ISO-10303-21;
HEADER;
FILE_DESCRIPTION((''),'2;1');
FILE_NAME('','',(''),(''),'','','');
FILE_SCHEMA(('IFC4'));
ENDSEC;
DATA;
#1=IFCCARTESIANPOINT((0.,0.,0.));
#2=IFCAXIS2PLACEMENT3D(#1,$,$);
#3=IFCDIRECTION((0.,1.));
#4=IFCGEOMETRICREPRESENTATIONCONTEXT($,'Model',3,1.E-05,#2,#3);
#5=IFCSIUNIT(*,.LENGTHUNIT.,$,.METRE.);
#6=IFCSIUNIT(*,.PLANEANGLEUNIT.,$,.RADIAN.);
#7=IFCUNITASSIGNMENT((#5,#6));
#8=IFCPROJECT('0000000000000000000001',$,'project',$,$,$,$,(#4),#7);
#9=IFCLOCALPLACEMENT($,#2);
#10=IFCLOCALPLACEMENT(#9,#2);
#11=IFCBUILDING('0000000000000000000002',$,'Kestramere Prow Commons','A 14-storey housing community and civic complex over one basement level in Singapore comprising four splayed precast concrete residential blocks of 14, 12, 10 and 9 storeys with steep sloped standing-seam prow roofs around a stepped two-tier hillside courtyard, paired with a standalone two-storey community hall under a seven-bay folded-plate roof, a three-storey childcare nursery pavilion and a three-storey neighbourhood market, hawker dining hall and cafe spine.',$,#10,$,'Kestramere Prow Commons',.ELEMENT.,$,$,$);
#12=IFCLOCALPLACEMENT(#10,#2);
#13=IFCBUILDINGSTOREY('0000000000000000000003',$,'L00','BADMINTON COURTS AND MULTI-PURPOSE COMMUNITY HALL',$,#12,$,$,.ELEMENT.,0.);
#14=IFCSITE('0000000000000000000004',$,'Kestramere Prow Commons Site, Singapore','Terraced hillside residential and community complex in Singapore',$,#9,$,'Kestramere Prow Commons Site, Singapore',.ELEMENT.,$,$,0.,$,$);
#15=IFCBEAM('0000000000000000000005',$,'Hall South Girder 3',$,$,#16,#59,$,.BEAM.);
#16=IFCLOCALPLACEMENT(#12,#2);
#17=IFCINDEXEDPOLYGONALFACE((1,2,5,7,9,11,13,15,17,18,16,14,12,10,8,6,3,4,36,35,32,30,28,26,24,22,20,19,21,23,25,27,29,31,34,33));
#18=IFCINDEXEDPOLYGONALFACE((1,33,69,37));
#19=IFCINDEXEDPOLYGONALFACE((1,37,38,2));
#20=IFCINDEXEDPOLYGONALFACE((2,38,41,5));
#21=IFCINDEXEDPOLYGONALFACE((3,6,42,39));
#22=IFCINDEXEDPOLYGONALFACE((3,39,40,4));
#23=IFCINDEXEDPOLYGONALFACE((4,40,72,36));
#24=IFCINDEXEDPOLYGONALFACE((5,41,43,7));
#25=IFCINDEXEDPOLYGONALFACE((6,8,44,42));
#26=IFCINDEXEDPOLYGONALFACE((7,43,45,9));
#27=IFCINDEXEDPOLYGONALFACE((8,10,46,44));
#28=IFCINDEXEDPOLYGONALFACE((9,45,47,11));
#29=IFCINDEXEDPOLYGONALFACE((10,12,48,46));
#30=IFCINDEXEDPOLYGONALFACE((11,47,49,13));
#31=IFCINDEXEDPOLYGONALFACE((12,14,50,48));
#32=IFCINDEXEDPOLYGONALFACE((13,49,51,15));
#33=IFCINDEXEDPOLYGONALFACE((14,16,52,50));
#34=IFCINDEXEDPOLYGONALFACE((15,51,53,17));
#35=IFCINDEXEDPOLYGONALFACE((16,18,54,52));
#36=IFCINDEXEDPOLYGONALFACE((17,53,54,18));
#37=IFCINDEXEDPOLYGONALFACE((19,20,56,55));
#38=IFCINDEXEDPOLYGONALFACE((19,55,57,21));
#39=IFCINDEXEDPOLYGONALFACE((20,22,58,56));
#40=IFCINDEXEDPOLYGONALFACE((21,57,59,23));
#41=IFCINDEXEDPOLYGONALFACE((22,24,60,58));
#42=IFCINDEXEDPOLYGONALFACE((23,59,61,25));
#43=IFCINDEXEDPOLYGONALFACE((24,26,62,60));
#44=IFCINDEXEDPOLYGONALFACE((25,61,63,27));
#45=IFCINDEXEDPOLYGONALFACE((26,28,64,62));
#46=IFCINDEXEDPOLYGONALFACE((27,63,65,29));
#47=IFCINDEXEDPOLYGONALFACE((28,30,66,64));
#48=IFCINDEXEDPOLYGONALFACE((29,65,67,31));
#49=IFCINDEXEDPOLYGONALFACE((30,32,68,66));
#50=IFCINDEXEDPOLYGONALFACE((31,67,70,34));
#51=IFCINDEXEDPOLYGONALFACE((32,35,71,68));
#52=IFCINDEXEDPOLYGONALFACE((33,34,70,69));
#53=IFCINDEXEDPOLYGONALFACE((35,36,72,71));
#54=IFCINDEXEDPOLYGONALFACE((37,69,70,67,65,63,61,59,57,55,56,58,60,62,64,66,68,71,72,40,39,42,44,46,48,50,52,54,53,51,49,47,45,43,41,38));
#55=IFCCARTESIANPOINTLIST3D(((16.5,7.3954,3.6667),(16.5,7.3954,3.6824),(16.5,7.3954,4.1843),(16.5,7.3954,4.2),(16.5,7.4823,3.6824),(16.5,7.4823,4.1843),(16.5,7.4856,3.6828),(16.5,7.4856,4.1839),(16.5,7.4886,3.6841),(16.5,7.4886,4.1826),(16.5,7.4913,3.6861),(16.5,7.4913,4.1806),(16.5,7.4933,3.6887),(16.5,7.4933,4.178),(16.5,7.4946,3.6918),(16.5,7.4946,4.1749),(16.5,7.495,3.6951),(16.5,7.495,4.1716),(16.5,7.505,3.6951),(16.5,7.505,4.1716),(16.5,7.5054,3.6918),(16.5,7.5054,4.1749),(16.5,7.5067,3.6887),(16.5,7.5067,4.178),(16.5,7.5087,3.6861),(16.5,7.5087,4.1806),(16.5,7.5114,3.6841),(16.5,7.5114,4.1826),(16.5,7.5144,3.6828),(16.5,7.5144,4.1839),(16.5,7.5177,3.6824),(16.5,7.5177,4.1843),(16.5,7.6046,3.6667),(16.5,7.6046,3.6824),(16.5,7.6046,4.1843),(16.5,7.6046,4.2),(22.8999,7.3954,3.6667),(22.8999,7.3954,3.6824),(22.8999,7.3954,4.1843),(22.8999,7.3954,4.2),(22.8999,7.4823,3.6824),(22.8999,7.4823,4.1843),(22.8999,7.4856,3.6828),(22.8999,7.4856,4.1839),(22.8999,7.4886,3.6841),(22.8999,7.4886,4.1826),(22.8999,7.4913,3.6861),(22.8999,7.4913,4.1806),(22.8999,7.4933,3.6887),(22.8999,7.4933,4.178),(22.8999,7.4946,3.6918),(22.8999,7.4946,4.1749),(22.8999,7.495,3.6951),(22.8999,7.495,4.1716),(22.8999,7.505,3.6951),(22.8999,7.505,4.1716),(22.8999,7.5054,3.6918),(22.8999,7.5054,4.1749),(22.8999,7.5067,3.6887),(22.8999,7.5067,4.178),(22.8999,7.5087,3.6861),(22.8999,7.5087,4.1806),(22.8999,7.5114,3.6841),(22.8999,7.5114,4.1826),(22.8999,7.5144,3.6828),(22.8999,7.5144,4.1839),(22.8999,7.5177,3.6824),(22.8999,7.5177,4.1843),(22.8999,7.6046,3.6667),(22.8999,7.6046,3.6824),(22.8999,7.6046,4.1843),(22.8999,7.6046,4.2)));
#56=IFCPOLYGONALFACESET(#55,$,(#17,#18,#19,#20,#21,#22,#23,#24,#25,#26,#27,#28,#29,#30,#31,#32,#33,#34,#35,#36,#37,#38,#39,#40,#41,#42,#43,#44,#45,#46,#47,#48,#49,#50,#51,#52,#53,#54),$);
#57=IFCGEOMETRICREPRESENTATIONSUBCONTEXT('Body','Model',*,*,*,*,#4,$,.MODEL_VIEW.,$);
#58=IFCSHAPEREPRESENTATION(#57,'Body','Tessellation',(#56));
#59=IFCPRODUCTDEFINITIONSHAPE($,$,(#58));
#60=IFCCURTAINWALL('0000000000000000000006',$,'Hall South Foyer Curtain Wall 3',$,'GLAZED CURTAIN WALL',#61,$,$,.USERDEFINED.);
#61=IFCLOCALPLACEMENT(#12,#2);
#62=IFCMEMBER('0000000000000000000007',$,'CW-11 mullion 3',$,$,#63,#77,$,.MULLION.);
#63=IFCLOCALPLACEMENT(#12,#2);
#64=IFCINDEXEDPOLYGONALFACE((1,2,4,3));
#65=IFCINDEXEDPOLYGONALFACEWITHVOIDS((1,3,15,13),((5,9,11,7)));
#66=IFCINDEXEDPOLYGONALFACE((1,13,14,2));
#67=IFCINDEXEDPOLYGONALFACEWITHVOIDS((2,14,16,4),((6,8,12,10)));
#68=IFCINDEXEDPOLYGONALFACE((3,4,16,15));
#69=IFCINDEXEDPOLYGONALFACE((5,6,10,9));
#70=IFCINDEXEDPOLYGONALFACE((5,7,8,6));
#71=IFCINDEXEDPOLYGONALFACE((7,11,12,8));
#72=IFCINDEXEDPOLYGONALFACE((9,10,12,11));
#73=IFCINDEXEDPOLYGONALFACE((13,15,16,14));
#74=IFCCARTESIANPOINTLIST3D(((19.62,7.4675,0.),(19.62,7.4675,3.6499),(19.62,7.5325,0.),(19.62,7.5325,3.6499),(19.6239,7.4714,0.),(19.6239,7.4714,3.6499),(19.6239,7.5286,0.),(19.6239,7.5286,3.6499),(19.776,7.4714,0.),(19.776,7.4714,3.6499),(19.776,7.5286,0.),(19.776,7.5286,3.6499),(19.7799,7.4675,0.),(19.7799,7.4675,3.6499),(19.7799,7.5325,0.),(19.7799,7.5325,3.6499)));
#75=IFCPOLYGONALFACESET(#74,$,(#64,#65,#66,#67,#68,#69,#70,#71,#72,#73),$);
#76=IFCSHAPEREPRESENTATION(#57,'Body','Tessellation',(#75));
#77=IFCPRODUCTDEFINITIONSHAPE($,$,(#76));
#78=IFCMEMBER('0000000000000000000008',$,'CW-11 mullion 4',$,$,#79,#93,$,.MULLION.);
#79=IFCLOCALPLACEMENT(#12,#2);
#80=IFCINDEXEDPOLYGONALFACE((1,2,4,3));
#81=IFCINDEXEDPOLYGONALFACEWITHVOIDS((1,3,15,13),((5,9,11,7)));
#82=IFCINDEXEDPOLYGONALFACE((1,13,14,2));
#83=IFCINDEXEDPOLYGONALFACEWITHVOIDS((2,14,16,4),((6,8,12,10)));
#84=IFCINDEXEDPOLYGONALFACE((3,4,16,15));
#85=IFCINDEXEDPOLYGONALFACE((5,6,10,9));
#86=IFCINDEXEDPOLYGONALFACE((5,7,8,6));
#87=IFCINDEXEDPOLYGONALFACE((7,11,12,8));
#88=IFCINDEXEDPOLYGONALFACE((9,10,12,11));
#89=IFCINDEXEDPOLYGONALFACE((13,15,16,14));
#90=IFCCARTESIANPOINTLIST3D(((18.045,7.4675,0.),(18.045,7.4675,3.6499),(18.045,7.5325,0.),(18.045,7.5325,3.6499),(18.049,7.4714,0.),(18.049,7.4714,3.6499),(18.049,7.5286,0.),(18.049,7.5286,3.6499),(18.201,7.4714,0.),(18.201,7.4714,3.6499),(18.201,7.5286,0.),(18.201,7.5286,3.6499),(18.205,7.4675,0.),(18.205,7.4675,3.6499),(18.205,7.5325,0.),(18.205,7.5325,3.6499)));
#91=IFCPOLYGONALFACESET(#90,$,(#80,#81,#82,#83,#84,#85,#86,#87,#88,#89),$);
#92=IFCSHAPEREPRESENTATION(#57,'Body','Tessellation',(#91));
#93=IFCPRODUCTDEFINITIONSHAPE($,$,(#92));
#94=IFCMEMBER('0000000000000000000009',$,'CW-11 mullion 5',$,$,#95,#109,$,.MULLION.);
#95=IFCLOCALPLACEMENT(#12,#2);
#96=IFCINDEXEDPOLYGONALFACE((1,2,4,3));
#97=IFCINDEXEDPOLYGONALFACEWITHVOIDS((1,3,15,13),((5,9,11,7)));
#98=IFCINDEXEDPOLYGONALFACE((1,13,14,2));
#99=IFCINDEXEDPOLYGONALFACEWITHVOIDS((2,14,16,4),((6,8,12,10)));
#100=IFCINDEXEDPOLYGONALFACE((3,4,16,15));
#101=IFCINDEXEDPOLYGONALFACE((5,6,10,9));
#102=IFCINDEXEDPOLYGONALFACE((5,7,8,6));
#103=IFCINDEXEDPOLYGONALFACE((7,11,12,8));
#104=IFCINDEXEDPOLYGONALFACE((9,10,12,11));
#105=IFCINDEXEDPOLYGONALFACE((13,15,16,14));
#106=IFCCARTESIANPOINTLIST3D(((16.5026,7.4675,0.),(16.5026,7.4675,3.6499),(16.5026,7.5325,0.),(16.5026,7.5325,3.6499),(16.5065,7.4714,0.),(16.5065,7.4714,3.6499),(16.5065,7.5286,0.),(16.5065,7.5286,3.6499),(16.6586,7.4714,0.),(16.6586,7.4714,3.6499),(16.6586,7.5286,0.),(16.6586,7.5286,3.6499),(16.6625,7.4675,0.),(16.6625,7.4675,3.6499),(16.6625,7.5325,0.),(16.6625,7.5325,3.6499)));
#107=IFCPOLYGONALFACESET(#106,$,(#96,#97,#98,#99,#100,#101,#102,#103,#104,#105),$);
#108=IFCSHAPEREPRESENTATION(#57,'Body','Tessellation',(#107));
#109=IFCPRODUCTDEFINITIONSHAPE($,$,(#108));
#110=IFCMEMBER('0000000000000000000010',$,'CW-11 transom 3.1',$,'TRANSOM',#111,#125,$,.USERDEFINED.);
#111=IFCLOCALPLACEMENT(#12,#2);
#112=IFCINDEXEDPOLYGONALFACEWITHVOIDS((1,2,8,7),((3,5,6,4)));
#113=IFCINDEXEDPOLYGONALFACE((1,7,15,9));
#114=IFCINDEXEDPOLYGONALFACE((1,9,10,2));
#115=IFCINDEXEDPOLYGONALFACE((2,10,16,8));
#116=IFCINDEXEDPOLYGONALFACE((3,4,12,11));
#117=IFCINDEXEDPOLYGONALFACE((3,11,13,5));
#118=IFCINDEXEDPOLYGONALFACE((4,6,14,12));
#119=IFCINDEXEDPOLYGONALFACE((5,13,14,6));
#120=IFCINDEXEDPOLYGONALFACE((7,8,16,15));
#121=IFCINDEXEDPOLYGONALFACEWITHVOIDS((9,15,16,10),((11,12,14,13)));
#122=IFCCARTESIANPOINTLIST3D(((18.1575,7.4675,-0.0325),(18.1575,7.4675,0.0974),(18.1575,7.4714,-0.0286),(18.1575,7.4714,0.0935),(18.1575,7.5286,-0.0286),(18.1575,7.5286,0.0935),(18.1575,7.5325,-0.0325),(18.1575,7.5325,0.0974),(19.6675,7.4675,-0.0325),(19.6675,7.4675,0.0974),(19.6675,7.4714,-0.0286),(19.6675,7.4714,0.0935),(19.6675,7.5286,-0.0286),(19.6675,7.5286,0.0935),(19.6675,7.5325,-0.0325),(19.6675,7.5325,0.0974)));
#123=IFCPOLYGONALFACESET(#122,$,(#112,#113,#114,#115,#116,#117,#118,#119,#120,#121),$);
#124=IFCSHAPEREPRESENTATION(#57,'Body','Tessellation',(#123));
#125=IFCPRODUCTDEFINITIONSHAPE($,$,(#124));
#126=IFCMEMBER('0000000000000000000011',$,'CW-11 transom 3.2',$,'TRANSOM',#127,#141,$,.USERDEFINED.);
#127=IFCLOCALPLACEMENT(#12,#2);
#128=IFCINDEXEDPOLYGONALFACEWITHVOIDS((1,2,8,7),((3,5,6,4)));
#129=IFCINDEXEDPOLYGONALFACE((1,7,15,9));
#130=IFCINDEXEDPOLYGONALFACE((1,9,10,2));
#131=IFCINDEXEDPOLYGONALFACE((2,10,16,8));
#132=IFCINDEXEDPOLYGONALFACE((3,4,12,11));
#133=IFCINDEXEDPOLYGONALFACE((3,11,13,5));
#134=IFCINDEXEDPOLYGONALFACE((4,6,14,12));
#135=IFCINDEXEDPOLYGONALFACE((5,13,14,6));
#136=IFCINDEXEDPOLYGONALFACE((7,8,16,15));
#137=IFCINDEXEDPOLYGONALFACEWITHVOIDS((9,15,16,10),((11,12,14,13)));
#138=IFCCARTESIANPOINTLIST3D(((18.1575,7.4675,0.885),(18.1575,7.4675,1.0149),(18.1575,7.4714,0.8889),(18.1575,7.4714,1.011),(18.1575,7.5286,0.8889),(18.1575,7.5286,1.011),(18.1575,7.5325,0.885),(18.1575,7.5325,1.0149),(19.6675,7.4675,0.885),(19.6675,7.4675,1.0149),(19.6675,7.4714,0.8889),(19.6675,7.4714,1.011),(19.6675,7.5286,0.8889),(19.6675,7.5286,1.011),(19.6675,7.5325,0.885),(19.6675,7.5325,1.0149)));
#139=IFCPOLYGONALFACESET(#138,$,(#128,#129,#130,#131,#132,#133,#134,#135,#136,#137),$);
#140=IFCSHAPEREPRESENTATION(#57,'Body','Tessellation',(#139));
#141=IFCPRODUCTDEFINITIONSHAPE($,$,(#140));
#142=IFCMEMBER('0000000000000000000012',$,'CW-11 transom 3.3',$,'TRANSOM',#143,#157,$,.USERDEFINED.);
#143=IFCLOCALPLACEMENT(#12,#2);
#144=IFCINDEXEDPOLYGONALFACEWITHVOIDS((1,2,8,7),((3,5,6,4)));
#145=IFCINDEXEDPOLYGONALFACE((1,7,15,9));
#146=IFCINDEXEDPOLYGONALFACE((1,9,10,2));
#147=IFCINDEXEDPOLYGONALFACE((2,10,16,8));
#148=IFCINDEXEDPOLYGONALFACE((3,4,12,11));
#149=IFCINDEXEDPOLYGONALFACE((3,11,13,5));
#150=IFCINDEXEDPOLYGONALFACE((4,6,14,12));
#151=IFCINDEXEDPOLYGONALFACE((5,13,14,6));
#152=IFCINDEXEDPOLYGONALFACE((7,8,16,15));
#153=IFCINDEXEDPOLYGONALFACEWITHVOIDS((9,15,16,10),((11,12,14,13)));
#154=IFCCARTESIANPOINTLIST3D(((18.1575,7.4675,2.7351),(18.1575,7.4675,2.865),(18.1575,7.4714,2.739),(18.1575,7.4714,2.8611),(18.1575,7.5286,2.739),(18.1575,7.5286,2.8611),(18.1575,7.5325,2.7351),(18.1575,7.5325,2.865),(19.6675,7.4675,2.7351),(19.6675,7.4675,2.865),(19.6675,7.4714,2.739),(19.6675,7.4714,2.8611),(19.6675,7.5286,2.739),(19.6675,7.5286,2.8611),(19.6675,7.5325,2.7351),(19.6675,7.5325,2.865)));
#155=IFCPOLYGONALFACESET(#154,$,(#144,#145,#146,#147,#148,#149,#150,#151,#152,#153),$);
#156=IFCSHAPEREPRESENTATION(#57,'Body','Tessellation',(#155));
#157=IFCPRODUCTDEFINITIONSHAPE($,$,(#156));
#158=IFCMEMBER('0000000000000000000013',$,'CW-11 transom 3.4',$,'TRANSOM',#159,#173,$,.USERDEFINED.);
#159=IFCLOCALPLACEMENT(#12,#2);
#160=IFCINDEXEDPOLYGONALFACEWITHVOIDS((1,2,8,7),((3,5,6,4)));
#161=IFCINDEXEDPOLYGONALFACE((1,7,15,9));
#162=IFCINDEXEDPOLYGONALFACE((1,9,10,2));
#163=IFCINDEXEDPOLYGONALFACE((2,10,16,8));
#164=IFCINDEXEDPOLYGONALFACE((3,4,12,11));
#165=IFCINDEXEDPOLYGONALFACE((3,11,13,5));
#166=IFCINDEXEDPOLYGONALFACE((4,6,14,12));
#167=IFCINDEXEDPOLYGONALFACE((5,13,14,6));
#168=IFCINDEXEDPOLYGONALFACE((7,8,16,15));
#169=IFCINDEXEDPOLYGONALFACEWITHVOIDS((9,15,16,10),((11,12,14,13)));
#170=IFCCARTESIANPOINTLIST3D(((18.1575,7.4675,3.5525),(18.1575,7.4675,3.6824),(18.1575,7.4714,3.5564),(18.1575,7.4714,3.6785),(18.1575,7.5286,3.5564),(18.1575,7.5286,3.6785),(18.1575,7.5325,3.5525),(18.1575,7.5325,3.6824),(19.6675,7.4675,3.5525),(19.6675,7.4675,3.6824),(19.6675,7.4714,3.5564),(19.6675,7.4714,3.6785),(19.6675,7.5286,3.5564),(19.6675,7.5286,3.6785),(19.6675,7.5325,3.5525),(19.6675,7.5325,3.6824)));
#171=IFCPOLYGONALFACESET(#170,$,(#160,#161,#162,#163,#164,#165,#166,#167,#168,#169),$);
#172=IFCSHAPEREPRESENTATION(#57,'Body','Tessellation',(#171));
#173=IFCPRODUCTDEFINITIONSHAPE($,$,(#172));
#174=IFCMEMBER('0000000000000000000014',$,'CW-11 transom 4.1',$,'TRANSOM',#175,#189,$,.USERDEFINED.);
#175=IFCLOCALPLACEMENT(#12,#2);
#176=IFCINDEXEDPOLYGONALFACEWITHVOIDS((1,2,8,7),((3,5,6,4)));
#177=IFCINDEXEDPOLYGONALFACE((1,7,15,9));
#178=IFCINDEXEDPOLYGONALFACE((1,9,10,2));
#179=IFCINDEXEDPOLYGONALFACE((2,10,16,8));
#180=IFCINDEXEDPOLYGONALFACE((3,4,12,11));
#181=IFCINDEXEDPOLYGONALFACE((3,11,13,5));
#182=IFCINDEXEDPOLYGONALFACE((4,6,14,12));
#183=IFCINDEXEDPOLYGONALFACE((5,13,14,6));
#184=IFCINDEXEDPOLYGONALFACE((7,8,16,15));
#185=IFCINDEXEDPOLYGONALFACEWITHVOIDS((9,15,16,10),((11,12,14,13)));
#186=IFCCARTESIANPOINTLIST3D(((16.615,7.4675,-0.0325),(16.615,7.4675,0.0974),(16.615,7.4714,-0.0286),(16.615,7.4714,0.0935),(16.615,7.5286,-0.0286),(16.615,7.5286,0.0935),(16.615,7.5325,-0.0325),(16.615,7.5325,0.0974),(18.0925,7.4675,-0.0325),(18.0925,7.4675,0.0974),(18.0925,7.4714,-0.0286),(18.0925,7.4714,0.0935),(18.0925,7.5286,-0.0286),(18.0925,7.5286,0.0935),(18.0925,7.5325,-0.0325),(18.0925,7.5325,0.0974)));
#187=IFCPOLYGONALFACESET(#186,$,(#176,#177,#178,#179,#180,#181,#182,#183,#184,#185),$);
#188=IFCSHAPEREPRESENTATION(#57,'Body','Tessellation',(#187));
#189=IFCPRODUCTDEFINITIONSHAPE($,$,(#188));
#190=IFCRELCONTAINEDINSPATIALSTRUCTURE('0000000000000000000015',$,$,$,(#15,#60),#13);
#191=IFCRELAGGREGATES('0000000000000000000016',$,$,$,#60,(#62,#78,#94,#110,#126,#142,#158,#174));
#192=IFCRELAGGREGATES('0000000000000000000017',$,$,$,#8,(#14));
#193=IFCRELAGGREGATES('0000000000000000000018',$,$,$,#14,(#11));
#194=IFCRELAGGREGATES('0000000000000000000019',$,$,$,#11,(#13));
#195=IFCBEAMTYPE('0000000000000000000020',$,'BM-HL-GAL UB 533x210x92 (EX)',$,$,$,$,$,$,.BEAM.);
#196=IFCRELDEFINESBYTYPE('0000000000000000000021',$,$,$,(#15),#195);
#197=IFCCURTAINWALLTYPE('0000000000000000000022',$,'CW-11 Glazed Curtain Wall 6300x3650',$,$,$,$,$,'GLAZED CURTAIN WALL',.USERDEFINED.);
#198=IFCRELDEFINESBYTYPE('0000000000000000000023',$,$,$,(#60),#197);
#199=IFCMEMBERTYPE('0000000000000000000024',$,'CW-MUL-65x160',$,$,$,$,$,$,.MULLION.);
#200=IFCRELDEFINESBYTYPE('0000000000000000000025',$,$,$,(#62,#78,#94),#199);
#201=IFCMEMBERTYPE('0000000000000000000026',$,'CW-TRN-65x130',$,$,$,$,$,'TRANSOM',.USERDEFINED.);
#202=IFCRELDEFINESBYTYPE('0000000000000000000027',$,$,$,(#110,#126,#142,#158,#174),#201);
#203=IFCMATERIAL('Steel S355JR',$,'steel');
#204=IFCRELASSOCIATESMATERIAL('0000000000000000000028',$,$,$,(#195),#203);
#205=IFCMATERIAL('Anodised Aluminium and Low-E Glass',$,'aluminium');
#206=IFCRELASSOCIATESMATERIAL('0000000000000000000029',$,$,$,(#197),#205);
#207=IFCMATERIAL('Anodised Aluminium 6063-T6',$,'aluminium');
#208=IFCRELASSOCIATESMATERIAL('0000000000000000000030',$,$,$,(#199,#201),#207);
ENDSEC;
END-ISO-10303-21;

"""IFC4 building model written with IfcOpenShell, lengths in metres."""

from ifc_helpers import new_model, si_unit, direction, frame, origin, origin_2d, place, context, subcontext, project, spatial, hollow_rectangle, i_section, extrude, material, material_profile, profile_set, type_object, element, aggregate, save


model = new_model("IFC4")

# Units and contexts
model_context = context("Model", 3, precision=1e-05, world=origin(), true_north=direction((0.0, 1.0)))
body_context = subcontext(model_context, "Body", "Model", "MODEL_VIEW")
ifc_project = project(units=[si_unit("LENGTHUNIT", "METRE"), si_unit("PLANEANGLEUNIT", "RADIAN")], contexts=[model_context])

# Site, building, storey
site_placement = place(None, origin())
site = spatial("IfcSite", under=ifc_project, at=site_placement, Name="Kestramere Prow Commons Site, Singapore", Description="Terraced hillside residential and community complex in Singapore", LongName="Kestramere Prow Commons Site, Singapore", CompositionType="ELEMENT", RefElevation=0.0)
building_placement = place(site_placement, origin())
building = spatial("IfcBuilding", under=site, at=building_placement, Name="Kestramere Prow Commons", Description="A 14-storey housing community and civic complex over one basement level in Singapore comprising four splayed precast concrete residential blocks of 14, 12, 10 and 9 storeys with steep sloped standing-seam prow roofs around a stepped two-tier hillside courtyard, paired with a standalone two-storey community hall under a seven-bay folded-plate roof, a three-storey childcare nursery pavilion and a three-storey neighbourhood market, hawker dining hall and cafe spine.", LongName="Kestramere Prow Commons", CompositionType="ELEMENT")
storey_placement = place(building_placement, origin())
storey = spatial("IfcBuildingStorey", under=building, at=storey_placement, Name="L00", Description="BADMINTON COURTS AND MULTI-PURPOSE COMMUNITY HALL", CompositionType="ELEMENT", Elevation=0.0)

# Beam
ifc_material_1 = material(Name="Steel S355JR", Category="steel")
ifc_material_profile_1 = material_profile(ifc_material_1, i_section(OverallWidth=0.2092, OverallDepth=0.5332, WebThickness=0.01, FlangeThickness=0.0156, FilletRadius=0.0127, at=origin_2d()), Name="UB 533x210x92")
ifc_profile_set_1 = profile_set([ifc_material_profile_1], Name="Steel S355JR")
beam_type_1 = type_object("IfcBeamType", Name="BM-HL-GAL UB 533x210x92 (EX)", PredefinedType="BEAM", material=ifc_profile_set_1)
beam_1_placement = place(storey_placement, frame((16.5, 7.5, 3.9333), z_axis=(1.0, 0.0, 0.0), x_axis=(0.0, 1.0, 0.0)))
element("IfcBeam", 1, at=beam_1_placement, inside=storey, type_object=beam_type_1, Name="Hall South Girder 3", PredefinedType="BEAM", context=body_context, shape_type="SweptSolid", body=[
    extrude(i_section(OverallWidth=0.2092, OverallDepth=0.5332, WebThickness=0.01, FlangeThickness=0.0156, FilletRadius=0.0127, at=origin_2d()), origin(), (0.0, 0.0, 1.0), 6.3999),
])

# Curtain wall, members
ifc_material_2 = material(Name="Anodised Aluminium and Low-E Glass", Category="aluminium")
curtain_wall_type = type_object("IfcCurtainWallType", Name="CW-11 Glazed Curtain Wall 6300x3650", ElementType="GLAZED CURTAIN WALL", PredefinedType="USERDEFINED", material=ifc_material_2)
curtain_wall_placement = place(storey_placement, origin())
curtain_wall = element("IfcCurtainWall", 2, at=curtain_wall_placement, inside=storey, type_object=curtain_wall_type, Name="Hall South Foyer Curtain Wall 3", ObjectType="GLAZED CURTAIN WALL", PredefinedType="USERDEFINED")
ifc_material_3 = material(Name="Anodised Aluminium 6063-T6", Category="aluminium")
ifc_material_profile_2 = material_profile(ifc_material_3, hollow_rectangle(XDim=0.0649, YDim=0.1599, WallThickness=0.0039, at=origin_2d()), Name="ALU-MUL 65x160")
ifc_profile_set_2 = profile_set([ifc_material_profile_2], Name="Anodised Aluminium 6063-T6")
member_type_1 = type_object("IfcMemberType", Name="CW-MUL-65x160", PredefinedType="MULLION", material=ifc_profile_set_2)
member_1_placement = place(storey_placement, frame((19.7, 7.5, 0.0), z_axis=(0.0, 0.0, 1.0), x_axis=(0.0, -1.0, 0.0)))
member_1 = element("IfcMember", 3, at=member_1_placement, type_object=member_type_1, Name="CW-11 mullion 3", PredefinedType="MULLION", context=body_context, shape_type="SweptSolid", body=[
    extrude(hollow_rectangle(XDim=0.0649, YDim=0.1599, WallThickness=0.0039, at=origin_2d()), origin(), (0.0, 0.0, 1.0), 3.6499),
])
member_2_placement = place(storey_placement, frame((18.125, 7.5, 0.0), z_axis=(0.0, 0.0, 1.0), x_axis=(0.0, -1.0, 0.0)))
member_2 = element("IfcMember", 4, at=member_2_placement, type_object=member_type_1, Name="CW-11 mullion 4", PredefinedType="MULLION", context=body_context, shape_type="SweptSolid", body=[
    extrude(hollow_rectangle(XDim=0.0649, YDim=0.1599, WallThickness=0.0039, at=origin_2d()), origin(), (0.0, 0.0, 1.0), 3.6499),
])
member_3_placement = place(storey_placement, frame((16.5825, 7.5, 0.0), z_axis=(0.0, 0.0, 1.0), x_axis=(0.0, -1.0, 0.0)))
member_3 = element("IfcMember", 5, at=member_3_placement, type_object=member_type_1, Name="CW-11 mullion 5", PredefinedType="MULLION", context=body_context, shape_type="SweptSolid", body=[
    extrude(hollow_rectangle(XDim=0.0649, YDim=0.1599, WallThickness=0.0039, at=origin_2d()), origin(), (0.0, 0.0, 1.0), 3.6499),
])
ifc_material_profile_3 = material_profile(ifc_material_3, hollow_rectangle(XDim=0.0649, YDim=0.1299, WallThickness=0.0039, at=origin_2d()), Name="ALU-TRN 65x130")
ifc_profile_set_3 = profile_set([ifc_material_profile_3], Name="Anodised Aluminium 6063-T6")
member_type_2 = type_object("IfcMemberType", Name="CW-TRN-65x130", ElementType="TRANSOM", PredefinedType="USERDEFINED", material=ifc_profile_set_3)
member_4_placement = place(storey_placement, frame((19.6675, 7.5, 0.0325), z_axis=(-1.0, 0.0, 0.0), x_axis=(0.0, -1.0, 0.0)))
member_4 = element("IfcMember", 6, at=member_4_placement, type_object=member_type_2, Name="CW-11 transom 3.1", ObjectType="TRANSOM", PredefinedType="USERDEFINED", context=body_context, shape_type="SweptSolid", body=[
    extrude(hollow_rectangle(XDim=0.0649, YDim=0.1299, WallThickness=0.0039, at=origin_2d()), origin(), (0.0, 0.0, 1.0), 1.51),
])
member_5_placement = place(storey_placement, frame((19.6675, 7.5, 0.95), z_axis=(-1.0, 0.0, 0.0), x_axis=(0.0, -1.0, 0.0)))
member_5 = element("IfcMember", 7, at=member_5_placement, type_object=member_type_2, Name="CW-11 transom 3.2", ObjectType="TRANSOM", PredefinedType="USERDEFINED", context=body_context, shape_type="SweptSolid", body=[
    extrude(hollow_rectangle(XDim=0.0649, YDim=0.1299, WallThickness=0.0039, at=origin_2d()), origin(), (0.0, 0.0, 1.0), 1.51),
])
member_6_placement = place(storey_placement, frame((19.6675, 7.5, 2.8), z_axis=(-1.0, 0.0, 0.0), x_axis=(0.0, -1.0, 0.0)))
member_6 = element("IfcMember", 8, at=member_6_placement, type_object=member_type_2, Name="CW-11 transom 3.3", ObjectType="TRANSOM", PredefinedType="USERDEFINED", context=body_context, shape_type="SweptSolid", body=[
    extrude(hollow_rectangle(XDim=0.0649, YDim=0.1299, WallThickness=0.0039, at=origin_2d()), origin(), (0.0, 0.0, 1.0), 1.51),
])
member_7_placement = place(storey_placement, frame((19.6675, 7.5, 3.6174), z_axis=(-1.0, 0.0, 0.0), x_axis=(0.0, -1.0, 0.0)))
member_7 = element("IfcMember", 9, at=member_7_placement, type_object=member_type_2, Name="CW-11 transom 3.4", ObjectType="TRANSOM", PredefinedType="USERDEFINED", context=body_context, shape_type="SweptSolid", body=[
    extrude(hollow_rectangle(XDim=0.0649, YDim=0.1299, WallThickness=0.0039, at=origin_2d()), origin(), (0.0, 0.0, 1.0), 1.51),
])
member_8_placement = place(storey_placement, frame((18.0925, 7.5, 0.0325), z_axis=(-1.0, 0.0, 0.0), x_axis=(0.0, -1.0, 0.0)))
member_8 = element("IfcMember", 10, at=member_8_placement, type_object=member_type_2, Name="CW-11 transom 4.1", ObjectType="TRANSOM", PredefinedType="USERDEFINED", context=body_context, shape_type="SweptSolid", body=[
    extrude(hollow_rectangle(XDim=0.0649, YDim=0.1299, WallThickness=0.0039, at=origin_2d()), origin(), (0.0, 0.0, 1.0), 1.4775),
])

aggregate(curtain_wall, [member_1, member_2, member_3, member_4, member_5, member_6, member_7, member_8])

save(model, "model.ifc")
